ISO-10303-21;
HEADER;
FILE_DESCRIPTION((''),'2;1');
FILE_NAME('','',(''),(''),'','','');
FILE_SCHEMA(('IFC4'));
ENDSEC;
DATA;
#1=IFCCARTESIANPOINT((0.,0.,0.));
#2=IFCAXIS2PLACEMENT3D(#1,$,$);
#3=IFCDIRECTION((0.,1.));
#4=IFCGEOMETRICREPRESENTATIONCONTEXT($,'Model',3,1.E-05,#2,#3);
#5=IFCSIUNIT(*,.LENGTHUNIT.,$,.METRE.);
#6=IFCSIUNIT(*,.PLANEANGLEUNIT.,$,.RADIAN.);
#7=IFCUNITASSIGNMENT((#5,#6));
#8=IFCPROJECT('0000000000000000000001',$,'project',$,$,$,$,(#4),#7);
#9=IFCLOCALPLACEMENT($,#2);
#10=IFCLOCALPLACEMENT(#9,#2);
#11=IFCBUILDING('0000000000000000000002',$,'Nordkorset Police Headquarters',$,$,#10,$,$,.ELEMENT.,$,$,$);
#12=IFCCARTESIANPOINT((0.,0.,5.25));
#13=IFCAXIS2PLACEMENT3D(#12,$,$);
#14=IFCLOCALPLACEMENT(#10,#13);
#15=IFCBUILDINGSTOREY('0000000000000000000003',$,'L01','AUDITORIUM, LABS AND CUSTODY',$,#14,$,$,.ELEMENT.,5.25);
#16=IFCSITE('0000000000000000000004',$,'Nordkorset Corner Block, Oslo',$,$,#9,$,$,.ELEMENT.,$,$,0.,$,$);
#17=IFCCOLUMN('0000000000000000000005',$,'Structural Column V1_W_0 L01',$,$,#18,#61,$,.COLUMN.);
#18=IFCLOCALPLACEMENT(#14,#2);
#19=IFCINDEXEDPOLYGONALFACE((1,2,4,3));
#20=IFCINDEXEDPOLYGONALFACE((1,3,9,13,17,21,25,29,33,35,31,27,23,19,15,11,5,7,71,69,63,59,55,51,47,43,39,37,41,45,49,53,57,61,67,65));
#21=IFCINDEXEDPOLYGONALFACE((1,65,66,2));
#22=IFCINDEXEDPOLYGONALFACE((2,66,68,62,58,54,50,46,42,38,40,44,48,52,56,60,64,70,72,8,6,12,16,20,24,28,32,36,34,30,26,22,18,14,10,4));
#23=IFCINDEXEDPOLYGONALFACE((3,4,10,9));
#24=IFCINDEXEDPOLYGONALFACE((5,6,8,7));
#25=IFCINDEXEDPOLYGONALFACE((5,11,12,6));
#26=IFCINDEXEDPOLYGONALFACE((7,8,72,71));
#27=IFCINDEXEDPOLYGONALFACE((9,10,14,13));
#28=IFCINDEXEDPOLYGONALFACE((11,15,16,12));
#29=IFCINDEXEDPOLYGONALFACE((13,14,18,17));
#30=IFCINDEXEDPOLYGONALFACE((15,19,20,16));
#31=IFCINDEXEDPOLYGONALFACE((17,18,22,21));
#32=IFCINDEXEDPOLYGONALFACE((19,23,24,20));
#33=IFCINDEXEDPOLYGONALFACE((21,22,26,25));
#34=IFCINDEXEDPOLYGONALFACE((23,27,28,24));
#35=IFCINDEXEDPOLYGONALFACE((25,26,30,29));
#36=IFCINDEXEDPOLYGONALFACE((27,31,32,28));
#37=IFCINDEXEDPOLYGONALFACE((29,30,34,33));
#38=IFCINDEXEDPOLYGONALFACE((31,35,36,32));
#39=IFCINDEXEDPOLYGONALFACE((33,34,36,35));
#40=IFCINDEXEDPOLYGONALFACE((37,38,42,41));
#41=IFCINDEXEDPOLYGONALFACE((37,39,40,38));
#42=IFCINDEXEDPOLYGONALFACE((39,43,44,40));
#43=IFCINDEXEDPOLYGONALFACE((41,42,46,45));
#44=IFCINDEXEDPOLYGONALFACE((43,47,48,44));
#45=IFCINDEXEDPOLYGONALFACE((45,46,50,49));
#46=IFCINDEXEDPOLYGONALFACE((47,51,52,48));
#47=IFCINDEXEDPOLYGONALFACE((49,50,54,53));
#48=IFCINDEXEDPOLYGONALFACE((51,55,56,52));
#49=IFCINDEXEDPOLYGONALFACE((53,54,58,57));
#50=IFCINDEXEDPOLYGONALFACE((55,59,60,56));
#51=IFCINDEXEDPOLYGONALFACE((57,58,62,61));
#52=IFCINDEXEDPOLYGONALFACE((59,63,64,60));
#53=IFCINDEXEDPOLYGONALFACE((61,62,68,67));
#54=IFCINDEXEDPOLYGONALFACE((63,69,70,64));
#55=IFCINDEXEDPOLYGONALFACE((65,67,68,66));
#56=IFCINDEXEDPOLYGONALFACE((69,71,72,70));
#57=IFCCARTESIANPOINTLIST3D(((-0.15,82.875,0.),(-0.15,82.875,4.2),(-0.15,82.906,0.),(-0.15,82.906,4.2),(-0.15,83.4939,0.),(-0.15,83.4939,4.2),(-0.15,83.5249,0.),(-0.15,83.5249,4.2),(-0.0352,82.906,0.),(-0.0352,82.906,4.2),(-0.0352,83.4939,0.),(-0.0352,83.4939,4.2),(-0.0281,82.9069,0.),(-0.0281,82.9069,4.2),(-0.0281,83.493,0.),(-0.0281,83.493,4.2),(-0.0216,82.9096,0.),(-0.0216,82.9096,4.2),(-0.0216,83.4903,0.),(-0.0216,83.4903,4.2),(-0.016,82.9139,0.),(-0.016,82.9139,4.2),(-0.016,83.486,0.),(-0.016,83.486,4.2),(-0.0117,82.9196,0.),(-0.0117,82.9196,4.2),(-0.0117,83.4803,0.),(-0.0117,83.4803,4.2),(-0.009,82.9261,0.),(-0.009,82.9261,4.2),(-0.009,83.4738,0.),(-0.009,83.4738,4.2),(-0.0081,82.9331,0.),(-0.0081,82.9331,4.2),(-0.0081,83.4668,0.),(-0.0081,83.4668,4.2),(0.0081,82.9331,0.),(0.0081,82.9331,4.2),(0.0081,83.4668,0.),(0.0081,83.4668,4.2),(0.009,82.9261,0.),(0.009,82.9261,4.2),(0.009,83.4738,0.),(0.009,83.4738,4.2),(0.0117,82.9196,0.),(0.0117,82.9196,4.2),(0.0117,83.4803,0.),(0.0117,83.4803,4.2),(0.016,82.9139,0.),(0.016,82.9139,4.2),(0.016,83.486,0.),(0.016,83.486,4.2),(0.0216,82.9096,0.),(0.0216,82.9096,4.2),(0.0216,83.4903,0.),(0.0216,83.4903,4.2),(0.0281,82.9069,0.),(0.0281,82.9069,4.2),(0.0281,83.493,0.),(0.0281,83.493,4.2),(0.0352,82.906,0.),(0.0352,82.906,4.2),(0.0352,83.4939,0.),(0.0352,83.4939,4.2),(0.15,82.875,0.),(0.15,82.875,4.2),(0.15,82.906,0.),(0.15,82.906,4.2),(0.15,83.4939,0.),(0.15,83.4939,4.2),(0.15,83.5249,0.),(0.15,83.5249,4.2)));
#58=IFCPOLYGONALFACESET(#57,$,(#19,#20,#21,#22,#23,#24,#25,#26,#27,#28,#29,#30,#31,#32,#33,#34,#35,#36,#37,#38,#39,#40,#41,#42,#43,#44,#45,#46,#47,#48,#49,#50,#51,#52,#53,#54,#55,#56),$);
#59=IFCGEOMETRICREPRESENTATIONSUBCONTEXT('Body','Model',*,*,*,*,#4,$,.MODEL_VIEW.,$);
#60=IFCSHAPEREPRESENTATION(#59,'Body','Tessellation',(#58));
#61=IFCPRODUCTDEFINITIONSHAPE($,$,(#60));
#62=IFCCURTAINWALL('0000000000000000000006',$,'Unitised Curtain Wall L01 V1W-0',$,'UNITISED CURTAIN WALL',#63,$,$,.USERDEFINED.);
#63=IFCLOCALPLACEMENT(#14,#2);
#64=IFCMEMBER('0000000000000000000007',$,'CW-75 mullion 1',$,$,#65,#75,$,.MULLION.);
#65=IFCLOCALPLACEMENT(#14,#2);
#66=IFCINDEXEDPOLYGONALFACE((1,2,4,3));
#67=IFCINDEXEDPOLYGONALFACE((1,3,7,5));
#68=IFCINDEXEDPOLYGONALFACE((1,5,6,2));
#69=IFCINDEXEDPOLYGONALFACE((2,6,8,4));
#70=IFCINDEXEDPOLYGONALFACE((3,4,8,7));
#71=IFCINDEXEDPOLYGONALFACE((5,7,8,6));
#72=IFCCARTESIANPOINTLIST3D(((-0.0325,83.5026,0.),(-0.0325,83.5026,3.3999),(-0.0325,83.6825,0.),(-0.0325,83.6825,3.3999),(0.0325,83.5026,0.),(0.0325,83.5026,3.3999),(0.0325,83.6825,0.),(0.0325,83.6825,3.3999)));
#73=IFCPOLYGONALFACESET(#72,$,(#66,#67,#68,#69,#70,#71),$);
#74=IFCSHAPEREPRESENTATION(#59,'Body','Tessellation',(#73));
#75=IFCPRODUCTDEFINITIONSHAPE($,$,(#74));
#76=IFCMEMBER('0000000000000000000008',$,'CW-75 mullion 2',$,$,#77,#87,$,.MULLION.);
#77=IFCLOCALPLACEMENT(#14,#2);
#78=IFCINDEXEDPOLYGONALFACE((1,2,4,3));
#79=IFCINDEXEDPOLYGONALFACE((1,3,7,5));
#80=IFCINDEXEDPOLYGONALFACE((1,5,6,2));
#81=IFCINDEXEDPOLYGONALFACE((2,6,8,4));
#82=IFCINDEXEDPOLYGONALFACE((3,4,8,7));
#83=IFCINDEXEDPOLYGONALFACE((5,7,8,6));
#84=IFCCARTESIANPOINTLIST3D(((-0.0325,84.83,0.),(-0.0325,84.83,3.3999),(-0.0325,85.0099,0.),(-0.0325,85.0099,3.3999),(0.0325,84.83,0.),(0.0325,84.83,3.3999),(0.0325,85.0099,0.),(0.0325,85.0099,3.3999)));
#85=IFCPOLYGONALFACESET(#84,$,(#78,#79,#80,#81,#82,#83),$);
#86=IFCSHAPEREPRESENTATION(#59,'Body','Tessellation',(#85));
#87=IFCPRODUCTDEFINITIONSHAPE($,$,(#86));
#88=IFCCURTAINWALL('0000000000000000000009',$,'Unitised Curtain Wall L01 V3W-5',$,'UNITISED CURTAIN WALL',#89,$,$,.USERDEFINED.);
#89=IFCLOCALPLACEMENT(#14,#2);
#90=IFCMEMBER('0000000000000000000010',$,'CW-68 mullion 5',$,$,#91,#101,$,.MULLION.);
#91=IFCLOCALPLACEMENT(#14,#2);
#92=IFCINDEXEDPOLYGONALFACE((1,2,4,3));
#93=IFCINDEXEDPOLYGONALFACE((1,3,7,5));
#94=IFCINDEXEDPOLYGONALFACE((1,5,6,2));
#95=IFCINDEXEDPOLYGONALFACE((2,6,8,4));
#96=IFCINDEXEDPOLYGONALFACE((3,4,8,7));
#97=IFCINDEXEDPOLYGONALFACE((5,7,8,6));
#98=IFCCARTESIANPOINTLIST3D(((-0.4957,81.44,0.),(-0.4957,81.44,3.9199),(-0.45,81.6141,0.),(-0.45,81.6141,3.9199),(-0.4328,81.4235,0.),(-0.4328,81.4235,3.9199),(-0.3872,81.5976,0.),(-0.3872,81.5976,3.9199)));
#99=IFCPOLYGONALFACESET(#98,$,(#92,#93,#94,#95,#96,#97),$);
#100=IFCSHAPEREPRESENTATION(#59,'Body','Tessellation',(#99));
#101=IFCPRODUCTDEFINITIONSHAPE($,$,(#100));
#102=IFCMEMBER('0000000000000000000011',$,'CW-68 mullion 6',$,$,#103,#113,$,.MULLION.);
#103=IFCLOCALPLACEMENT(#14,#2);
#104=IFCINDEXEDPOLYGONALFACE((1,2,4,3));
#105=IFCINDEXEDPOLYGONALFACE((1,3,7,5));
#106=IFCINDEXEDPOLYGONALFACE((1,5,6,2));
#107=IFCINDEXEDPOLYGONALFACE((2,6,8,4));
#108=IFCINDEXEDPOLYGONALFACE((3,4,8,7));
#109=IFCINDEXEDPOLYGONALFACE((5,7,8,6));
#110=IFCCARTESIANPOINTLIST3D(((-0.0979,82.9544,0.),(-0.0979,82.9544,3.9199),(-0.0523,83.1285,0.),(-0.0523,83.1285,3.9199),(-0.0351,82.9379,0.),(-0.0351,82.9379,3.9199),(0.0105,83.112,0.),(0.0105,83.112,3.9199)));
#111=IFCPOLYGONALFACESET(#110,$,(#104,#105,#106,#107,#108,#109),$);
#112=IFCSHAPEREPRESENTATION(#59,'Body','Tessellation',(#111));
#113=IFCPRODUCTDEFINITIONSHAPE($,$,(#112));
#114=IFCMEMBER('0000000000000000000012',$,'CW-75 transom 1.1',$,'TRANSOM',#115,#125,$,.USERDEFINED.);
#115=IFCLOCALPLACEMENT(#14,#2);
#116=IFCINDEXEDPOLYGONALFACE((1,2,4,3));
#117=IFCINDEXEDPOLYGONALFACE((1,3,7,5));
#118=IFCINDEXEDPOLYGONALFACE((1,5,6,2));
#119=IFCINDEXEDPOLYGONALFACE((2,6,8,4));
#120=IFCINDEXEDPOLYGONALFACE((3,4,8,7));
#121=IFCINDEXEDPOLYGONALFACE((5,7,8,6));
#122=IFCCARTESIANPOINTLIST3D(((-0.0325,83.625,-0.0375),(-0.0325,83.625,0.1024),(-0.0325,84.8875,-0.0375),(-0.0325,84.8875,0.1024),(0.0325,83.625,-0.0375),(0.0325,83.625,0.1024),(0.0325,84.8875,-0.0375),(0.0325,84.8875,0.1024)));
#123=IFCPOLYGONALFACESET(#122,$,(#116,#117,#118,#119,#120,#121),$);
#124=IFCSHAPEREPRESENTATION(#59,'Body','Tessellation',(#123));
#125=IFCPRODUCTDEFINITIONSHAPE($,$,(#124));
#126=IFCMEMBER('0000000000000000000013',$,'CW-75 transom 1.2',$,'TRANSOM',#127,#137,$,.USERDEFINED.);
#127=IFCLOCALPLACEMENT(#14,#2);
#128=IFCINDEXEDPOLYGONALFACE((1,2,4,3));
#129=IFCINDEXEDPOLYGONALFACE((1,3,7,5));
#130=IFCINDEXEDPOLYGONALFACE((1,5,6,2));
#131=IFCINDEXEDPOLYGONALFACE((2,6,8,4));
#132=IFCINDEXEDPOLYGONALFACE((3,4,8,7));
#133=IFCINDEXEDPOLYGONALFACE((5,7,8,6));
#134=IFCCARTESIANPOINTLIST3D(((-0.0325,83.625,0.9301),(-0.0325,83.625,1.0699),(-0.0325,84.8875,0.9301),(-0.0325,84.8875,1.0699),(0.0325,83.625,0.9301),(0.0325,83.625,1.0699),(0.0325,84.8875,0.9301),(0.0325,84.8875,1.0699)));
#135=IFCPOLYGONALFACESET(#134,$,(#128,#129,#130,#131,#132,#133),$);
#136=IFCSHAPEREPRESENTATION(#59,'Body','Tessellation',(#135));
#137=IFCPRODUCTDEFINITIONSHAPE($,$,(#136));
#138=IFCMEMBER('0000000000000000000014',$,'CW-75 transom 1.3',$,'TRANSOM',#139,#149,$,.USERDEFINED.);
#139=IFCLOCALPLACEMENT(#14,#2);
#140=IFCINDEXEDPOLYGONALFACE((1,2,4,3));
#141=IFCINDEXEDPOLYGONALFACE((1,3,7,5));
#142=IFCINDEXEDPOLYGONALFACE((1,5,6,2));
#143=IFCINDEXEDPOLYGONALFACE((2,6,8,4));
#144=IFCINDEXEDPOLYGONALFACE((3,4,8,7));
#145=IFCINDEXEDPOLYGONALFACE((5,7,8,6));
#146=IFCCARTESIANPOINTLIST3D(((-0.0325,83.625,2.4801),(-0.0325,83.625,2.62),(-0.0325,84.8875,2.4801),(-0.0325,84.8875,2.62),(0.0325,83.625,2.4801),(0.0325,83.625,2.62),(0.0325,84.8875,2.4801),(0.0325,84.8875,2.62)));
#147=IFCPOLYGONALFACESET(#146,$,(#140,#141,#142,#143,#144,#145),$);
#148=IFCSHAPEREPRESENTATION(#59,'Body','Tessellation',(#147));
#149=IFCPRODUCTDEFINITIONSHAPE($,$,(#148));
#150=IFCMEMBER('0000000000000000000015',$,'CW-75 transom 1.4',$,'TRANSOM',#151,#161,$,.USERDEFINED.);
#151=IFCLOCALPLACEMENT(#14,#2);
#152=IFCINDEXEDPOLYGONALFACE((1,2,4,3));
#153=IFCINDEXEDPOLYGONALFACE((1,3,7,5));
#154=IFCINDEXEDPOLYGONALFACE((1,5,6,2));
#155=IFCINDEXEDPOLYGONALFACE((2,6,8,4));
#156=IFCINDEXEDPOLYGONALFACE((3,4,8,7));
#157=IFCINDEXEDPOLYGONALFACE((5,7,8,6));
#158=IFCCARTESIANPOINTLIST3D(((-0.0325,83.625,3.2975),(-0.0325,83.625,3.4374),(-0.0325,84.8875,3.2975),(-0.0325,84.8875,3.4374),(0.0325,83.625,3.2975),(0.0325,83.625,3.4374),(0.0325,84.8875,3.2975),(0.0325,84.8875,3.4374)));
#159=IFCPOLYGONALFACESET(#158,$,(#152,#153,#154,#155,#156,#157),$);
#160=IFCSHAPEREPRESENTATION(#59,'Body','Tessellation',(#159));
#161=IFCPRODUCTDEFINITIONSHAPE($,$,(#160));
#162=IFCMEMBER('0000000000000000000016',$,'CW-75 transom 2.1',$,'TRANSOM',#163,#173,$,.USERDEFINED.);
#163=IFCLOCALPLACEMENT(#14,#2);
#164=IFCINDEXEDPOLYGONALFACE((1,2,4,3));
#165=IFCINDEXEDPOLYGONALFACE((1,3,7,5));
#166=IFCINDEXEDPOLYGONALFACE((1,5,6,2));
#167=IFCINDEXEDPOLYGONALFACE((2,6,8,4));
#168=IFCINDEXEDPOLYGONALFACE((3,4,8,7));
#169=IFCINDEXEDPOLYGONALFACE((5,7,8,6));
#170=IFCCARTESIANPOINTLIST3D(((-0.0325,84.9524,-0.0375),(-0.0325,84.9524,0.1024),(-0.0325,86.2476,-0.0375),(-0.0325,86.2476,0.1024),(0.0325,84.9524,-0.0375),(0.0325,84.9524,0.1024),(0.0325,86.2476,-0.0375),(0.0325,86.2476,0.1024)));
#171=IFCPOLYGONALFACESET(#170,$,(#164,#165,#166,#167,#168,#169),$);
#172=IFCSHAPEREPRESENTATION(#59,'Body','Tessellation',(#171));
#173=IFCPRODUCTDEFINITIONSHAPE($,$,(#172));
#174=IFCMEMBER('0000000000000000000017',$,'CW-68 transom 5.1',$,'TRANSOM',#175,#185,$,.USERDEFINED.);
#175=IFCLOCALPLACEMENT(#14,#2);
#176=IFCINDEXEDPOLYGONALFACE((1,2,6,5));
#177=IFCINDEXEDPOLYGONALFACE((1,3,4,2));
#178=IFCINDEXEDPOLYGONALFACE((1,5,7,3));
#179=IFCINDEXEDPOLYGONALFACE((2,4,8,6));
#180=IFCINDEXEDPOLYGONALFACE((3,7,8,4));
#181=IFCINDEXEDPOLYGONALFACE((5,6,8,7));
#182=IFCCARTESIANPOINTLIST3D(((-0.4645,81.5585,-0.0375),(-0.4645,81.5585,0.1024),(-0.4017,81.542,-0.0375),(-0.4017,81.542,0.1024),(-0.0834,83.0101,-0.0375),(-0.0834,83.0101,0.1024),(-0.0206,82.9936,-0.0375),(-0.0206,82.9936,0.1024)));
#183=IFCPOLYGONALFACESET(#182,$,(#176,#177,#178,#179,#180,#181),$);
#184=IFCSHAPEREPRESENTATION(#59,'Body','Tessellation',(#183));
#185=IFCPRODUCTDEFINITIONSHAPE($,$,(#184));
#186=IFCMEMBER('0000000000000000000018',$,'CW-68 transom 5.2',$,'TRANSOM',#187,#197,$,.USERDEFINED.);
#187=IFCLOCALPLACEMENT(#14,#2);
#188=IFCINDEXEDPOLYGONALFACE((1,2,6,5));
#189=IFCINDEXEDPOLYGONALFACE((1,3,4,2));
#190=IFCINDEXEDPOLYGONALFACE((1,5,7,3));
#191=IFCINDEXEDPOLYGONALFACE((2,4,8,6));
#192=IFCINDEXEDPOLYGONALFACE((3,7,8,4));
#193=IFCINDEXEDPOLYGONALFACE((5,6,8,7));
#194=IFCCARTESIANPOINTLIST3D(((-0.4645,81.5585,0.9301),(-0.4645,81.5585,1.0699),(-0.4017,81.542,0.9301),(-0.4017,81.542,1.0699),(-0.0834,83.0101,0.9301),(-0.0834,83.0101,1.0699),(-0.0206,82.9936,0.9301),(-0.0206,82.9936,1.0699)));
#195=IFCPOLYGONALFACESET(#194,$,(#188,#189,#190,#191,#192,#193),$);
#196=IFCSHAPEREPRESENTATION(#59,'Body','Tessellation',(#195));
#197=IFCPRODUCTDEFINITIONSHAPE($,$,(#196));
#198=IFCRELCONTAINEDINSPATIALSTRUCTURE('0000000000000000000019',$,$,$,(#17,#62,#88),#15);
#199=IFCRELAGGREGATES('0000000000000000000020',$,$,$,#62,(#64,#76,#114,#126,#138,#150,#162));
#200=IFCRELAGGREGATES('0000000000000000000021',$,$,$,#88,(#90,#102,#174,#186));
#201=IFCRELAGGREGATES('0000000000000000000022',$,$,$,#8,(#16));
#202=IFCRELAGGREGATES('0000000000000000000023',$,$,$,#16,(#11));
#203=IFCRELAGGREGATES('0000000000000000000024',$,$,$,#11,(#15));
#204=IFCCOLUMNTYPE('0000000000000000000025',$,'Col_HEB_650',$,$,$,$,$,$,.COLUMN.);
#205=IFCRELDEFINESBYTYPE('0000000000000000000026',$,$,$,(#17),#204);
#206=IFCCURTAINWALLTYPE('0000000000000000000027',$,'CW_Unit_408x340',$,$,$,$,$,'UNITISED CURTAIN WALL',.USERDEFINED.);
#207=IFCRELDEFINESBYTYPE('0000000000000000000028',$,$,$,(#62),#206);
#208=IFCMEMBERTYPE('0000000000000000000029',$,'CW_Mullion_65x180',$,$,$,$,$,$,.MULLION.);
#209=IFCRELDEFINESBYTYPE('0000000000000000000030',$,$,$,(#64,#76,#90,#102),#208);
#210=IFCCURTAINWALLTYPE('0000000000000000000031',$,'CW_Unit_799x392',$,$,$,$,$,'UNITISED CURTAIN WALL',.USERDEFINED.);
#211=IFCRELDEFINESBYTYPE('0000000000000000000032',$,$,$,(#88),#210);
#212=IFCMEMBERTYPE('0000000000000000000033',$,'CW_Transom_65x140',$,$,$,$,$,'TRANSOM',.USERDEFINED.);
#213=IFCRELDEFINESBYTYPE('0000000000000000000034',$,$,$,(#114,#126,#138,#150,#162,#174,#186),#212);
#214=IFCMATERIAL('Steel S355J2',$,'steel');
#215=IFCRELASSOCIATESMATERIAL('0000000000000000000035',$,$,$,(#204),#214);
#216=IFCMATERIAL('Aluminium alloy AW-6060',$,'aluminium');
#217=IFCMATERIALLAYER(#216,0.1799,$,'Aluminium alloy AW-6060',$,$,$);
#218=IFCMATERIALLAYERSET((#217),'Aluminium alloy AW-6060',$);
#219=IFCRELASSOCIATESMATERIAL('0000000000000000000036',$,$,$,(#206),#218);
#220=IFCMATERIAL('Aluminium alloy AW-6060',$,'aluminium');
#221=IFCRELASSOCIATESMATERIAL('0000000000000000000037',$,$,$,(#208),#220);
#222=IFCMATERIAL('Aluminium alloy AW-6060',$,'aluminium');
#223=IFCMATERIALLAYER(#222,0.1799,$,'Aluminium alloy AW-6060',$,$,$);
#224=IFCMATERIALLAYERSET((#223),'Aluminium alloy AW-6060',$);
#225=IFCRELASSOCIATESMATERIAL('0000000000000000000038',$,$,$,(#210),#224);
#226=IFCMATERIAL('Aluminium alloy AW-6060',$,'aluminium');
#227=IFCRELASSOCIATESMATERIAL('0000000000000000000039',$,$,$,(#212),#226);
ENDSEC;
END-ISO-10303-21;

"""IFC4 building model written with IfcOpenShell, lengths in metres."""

from ifc_helpers import new_model, si_unit, direction, frame, origin, origin_2d, place, context, subcontext, project, spatial, rectangle, i_section, extrude, material, layer, layer_set, material_profile, profile_set, type_object, element, aggregate, save


model = new_model("IFC4")

# Units and contexts
model_context = context("Model", 3, precision=1e-05, world=origin(), true_north=direction((0.0, 1.0)))
body_context = subcontext(model_context, "Body", "Model", "MODEL_VIEW")
ifc_project = project(units=[si_unit("LENGTHUNIT", "METRE"), si_unit("PLANEANGLEUNIT", "RADIAN")], contexts=[model_context])

# Site, building, storey
site_placement = place(None, origin())
site = spatial("IfcSite", under=ifc_project, at=site_placement, Name="Nordkorset Corner Block, Oslo", CompositionType="ELEMENT", RefElevation=0.0)
building_placement = place(site_placement, origin())
building = spatial("IfcBuilding", under=site, at=building_placement, Name="Nordkorset Police Headquarters", CompositionType="ELEMENT")
storey_placement = place(building_placement, frame((0.0, 0.0, 5.25)))
storey = spatial("IfcBuildingStorey", under=building, at=storey_placement, Name="L01", Description="AUDITORIUM, LABS AND CUSTODY", CompositionType="ELEMENT", Elevation=5.25)

# Column
ifc_material_1 = material(Name="Steel S355J2", Category="steel")
ifc_material_profile_1 = material_profile(ifc_material_1, i_section(OverallWidth=0.3, OverallDepth=0.6499, WebThickness=0.0161, FlangeThickness=0.031, FilletRadius=0.0271, at=origin_2d()), Name="HEB 650")
ifc_profile_set_1 = profile_set([ifc_material_profile_1], Name="Steel S355J2")
column_type = type_object("IfcColumnType", Name="Col_HEB_650", PredefinedType="COLUMN", material=ifc_profile_set_1)
column_placement = place(storey_placement, frame((0.0, 83.2, 0.0), z_axis=(0.0, 0.0, 1.0), x_axis=(1.0, 0.0, 0.0)))
element("IfcColumn", 1, at=column_placement, inside=storey, type_object=column_type, Name="Structural Column V1_W_0 L01", PredefinedType="COLUMN", context=body_context, shape_type="SweptSolid", body=[
    extrude(i_section(OverallWidth=0.3, OverallDepth=0.6499, WebThickness=0.0161, FlangeThickness=0.031, FilletRadius=0.0271, at=origin_2d()), origin(), (0.0, 0.0, 1.0), 4.2),
])

# Curtain walls, members
ifc_material_2 = material(Name="Aluminium alloy AW-6060", Category="aluminium")
ifc_layer_1 = layer(ifc_material_2, 0.1799, Name="Aluminium alloy AW-6060")
ifc_layer_set_1 = layer_set([ifc_layer_1], Name="Aluminium alloy AW-6060")
curtain_wall_type_1 = type_object("IfcCurtainWallType", Name="CW_Unit_408x340", ElementType="UNITISED CURTAIN WALL", PredefinedType="USERDEFINED", material=ifc_layer_set_1)
curtain_wall_1_placement = place(storey_placement, origin())
curtain_wall_1 = element("IfcCurtainWall", 2, at=curtain_wall_1_placement, inside=storey, type_object=curtain_wall_type_1, Name="Unitised Curtain Wall L01 V1W-0", ObjectType="UNITISED CURTAIN WALL", PredefinedType="USERDEFINED")
ifc_material_3 = material(Name="Aluminium alloy AW-6060", Category="aluminium")
ifc_material_profile_2 = material_profile(ifc_material_3, rectangle(XDim=0.0649, YDim=0.1799, at=origin_2d()), Name="ALU MULL 65x180")
ifc_profile_set_2 = profile_set([ifc_material_profile_2], Name="Aluminium alloy AW-6060")
member_type_1 = type_object("IfcMemberType", Name="CW_Mullion_65x180", PredefinedType="MULLION", material=ifc_profile_set_2)
member_1_placement = place(storey_placement, frame((0.0, 83.5925, 0.0), z_axis=(0.0, 0.0, 1.0), x_axis=(-1.0, 0.0, 0.0)))
member_1 = element("IfcMember", 3, at=member_1_placement, type_object=member_type_1, Name="CW-75 mullion 1", PredefinedType="MULLION", context=body_context, shape_type="SweptSolid", body=[
    extrude(rectangle(XDim=0.0649, YDim=0.1799, at=origin_2d()), origin(), (0.0, 0.0, 1.0), 3.3999),
])
member_2_placement = place(storey_placement, frame((0.0, 84.9199, 0.0), z_axis=(0.0, 0.0, 1.0), x_axis=(-1.0, 0.0, 0.0)))
member_2 = element("IfcMember", 4, at=member_2_placement, type_object=member_type_1, Name="CW-75 mullion 2", PredefinedType="MULLION", context=body_context, shape_type="SweptSolid", body=[
    extrude(rectangle(XDim=0.0649, YDim=0.1799, at=origin_2d()), origin(), (0.0, 0.0, 1.0), 3.3999),
])
ifc_material_4 = material(Name="Aluminium alloy AW-6060", Category="aluminium")
ifc_layer_2 = layer(ifc_material_4, 0.1799, Name="Aluminium alloy AW-6060")
ifc_layer_set_2 = layer_set([ifc_layer_2], Name="Aluminium alloy AW-6060")
curtain_wall_type_2 = type_object("IfcCurtainWallType", Name="CW_Unit_799x392", ElementType="UNITISED CURTAIN WALL", PredefinedType="USERDEFINED", material=ifc_layer_set_2)
curtain_wall_2_placement = place(storey_placement, origin())
curtain_wall_2 = element("IfcCurtainWall", 5, at=curtain_wall_2_placement, inside=storey, type_object=curtain_wall_type_2, Name="Unitised Curtain Wall L01 V3W-5", ObjectType="UNITISED CURTAIN WALL", PredefinedType="USERDEFINED")
member_3_placement = place(storey_placement, frame((-0.4414, 81.5188, 0.0), z_axis=(0.0, 0.0, 1.0), x_axis=(-0.967231, 0.253897, 0.0)))
member_3 = element("IfcMember", 6, at=member_3_placement, type_object=member_type_1, Name="CW-68 mullion 5", PredefinedType="MULLION", context=body_context, shape_type="SweptSolid", body=[
    extrude(rectangle(XDim=0.0649, YDim=0.1799, at=origin_2d()), origin(), (0.0, 0.0, 1.0), 3.9199),
])
member_4_placement = place(storey_placement, frame((-0.0437, 83.0332, 0.0), z_axis=(0.0, 0.0, 1.0), x_axis=(-0.967231, 0.253897, 0.0)))
member_4 = element("IfcMember", 7, at=member_4_placement, type_object=member_type_1, Name="CW-68 mullion 6", PredefinedType="MULLION", context=body_context, shape_type="SweptSolid", body=[
    extrude(rectangle(XDim=0.0649, YDim=0.1799, at=origin_2d()), origin(), (0.0, 0.0, 1.0), 3.9199),
])

# Members
ifc_material_5 = material(Name="Aluminium alloy AW-6060", Category="aluminium")
ifc_material_profile_3 = material_profile(ifc_material_5, rectangle(XDim=0.0649, YDim=0.1399, at=origin_2d()), Name="ALU TRAN 65x140")
ifc_profile_set_3 = profile_set([ifc_material_profile_3], Name="Aluminium alloy AW-6060")
member_type_2 = type_object("IfcMemberType", Name="CW_Transom_65x140", ElementType="TRANSOM", PredefinedType="USERDEFINED", material=ifc_profile_set_3)
member_5_placement = place(storey_placement, frame((0.0, 83.625, 0.0325), z_axis=(0.0, 1.0, 0.0), x_axis=(-1.0, 0.0, 0.0)))
member_5 = element("IfcMember", 8, at=member_5_placement, type_object=member_type_2, Name="CW-75 transom 1.1", ObjectType="TRANSOM", PredefinedType="USERDEFINED", context=body_context, shape_type="SweptSolid", body=[
    extrude(rectangle(XDim=0.0649, YDim=0.1399, at=origin_2d()), origin(), (0.0, 0.0, 1.0), 1.2625),
])
member_6_placement = place(storey_placement, frame((0.0, 83.625, 1.0), z_axis=(0.0, 1.0, 0.0), x_axis=(-1.0, 0.0, 0.0)))
member_6 = element("IfcMember", 9, at=member_6_placement, type_object=member_type_2, Name="CW-75 transom 1.2", ObjectType="TRANSOM", PredefinedType="USERDEFINED", context=body_context, shape_type="SweptSolid", body=[
    extrude(rectangle(XDim=0.0649, YDim=0.1399, at=origin_2d()), origin(), (0.0, 0.0, 1.0), 1.2625),
])
member_7_placement = place(storey_placement, frame((0.0, 83.625, 2.55), z_axis=(0.0, 1.0, 0.0), x_axis=(-1.0, 0.0, 0.0)))
member_7 = element("IfcMember", 10, at=member_7_placement, type_object=member_type_2, Name="CW-75 transom 1.3", ObjectType="TRANSOM", PredefinedType="USERDEFINED", context=body_context, shape_type="SweptSolid", body=[
    extrude(rectangle(XDim=0.0649, YDim=0.1399, at=origin_2d()), origin(), (0.0, 0.0, 1.0), 1.2625),
])
member_8_placement = place(storey_placement, frame((0.0, 83.625, 3.3674), z_axis=(0.0, 1.0, 0.0), x_axis=(-1.0, 0.0, 0.0)))
member_8 = element("IfcMember", 11, at=member_8_placement, type_object=member_type_2, Name="CW-75 transom 1.4", ObjectType="TRANSOM", PredefinedType="USERDEFINED", context=body_context, shape_type="SweptSolid", body=[
    extrude(rectangle(XDim=0.0649, YDim=0.1399, at=origin_2d()), origin(), (0.0, 0.0, 1.0), 1.2625),
])
member_9_placement = place(storey_placement, frame((0.0, 84.9524, 0.0325), z_axis=(0.0, 1.0, 0.0), x_axis=(-1.0, 0.0, 0.0)))
member_9 = element("IfcMember", 12, at=member_9_placement, type_object=member_type_2, Name="CW-75 transom 2.1", ObjectType="TRANSOM", PredefinedType="USERDEFINED", context=body_context, shape_type="SweptSolid", body=[
    extrude(rectangle(XDim=0.0649, YDim=0.1399, at=origin_2d()), origin(), (0.0, 0.0, 1.0), 1.2952),
])
member_10_placement = place(storey_placement, frame((-0.4331, 81.5503, 0.0325), z_axis=(0.253965, 0.967213, 0.0), x_axis=(-0.967213, 0.253965, 0.0)))
member_10 = element("IfcMember", 13, at=member_10_placement, type_object=member_type_2, Name="CW-68 transom 5.1", ObjectType="TRANSOM", PredefinedType="USERDEFINED", context=body_context, shape_type="SweptSolid", body=[
    extrude(rectangle(XDim=0.0649, YDim=0.1399, at=origin_2d()), origin(), (0.0, 0.0, 1.0), 1.5007),
])
member_11_placement = place(storey_placement, frame((-0.4331, 81.5503, 1.0), z_axis=(0.253965, 0.967213, 0.0), x_axis=(-0.967213, 0.253965, 0.0)))
member_11 = element("IfcMember", 14, at=member_11_placement, type_object=member_type_2, Name="CW-68 transom 5.2", ObjectType="TRANSOM", PredefinedType="USERDEFINED", context=body_context, shape_type="SweptSolid", body=[
    extrude(rectangle(XDim=0.0649, YDim=0.1399, at=origin_2d()), origin(), (0.0, 0.0, 1.0), 1.5007),
])

aggregate(curtain_wall_1, [member_1, member_2, member_5, member_6, member_7, member_8, member_9])
aggregate(curtain_wall_2, [member_3, member_4, member_10, member_11])

save(model, "model.ifc")
